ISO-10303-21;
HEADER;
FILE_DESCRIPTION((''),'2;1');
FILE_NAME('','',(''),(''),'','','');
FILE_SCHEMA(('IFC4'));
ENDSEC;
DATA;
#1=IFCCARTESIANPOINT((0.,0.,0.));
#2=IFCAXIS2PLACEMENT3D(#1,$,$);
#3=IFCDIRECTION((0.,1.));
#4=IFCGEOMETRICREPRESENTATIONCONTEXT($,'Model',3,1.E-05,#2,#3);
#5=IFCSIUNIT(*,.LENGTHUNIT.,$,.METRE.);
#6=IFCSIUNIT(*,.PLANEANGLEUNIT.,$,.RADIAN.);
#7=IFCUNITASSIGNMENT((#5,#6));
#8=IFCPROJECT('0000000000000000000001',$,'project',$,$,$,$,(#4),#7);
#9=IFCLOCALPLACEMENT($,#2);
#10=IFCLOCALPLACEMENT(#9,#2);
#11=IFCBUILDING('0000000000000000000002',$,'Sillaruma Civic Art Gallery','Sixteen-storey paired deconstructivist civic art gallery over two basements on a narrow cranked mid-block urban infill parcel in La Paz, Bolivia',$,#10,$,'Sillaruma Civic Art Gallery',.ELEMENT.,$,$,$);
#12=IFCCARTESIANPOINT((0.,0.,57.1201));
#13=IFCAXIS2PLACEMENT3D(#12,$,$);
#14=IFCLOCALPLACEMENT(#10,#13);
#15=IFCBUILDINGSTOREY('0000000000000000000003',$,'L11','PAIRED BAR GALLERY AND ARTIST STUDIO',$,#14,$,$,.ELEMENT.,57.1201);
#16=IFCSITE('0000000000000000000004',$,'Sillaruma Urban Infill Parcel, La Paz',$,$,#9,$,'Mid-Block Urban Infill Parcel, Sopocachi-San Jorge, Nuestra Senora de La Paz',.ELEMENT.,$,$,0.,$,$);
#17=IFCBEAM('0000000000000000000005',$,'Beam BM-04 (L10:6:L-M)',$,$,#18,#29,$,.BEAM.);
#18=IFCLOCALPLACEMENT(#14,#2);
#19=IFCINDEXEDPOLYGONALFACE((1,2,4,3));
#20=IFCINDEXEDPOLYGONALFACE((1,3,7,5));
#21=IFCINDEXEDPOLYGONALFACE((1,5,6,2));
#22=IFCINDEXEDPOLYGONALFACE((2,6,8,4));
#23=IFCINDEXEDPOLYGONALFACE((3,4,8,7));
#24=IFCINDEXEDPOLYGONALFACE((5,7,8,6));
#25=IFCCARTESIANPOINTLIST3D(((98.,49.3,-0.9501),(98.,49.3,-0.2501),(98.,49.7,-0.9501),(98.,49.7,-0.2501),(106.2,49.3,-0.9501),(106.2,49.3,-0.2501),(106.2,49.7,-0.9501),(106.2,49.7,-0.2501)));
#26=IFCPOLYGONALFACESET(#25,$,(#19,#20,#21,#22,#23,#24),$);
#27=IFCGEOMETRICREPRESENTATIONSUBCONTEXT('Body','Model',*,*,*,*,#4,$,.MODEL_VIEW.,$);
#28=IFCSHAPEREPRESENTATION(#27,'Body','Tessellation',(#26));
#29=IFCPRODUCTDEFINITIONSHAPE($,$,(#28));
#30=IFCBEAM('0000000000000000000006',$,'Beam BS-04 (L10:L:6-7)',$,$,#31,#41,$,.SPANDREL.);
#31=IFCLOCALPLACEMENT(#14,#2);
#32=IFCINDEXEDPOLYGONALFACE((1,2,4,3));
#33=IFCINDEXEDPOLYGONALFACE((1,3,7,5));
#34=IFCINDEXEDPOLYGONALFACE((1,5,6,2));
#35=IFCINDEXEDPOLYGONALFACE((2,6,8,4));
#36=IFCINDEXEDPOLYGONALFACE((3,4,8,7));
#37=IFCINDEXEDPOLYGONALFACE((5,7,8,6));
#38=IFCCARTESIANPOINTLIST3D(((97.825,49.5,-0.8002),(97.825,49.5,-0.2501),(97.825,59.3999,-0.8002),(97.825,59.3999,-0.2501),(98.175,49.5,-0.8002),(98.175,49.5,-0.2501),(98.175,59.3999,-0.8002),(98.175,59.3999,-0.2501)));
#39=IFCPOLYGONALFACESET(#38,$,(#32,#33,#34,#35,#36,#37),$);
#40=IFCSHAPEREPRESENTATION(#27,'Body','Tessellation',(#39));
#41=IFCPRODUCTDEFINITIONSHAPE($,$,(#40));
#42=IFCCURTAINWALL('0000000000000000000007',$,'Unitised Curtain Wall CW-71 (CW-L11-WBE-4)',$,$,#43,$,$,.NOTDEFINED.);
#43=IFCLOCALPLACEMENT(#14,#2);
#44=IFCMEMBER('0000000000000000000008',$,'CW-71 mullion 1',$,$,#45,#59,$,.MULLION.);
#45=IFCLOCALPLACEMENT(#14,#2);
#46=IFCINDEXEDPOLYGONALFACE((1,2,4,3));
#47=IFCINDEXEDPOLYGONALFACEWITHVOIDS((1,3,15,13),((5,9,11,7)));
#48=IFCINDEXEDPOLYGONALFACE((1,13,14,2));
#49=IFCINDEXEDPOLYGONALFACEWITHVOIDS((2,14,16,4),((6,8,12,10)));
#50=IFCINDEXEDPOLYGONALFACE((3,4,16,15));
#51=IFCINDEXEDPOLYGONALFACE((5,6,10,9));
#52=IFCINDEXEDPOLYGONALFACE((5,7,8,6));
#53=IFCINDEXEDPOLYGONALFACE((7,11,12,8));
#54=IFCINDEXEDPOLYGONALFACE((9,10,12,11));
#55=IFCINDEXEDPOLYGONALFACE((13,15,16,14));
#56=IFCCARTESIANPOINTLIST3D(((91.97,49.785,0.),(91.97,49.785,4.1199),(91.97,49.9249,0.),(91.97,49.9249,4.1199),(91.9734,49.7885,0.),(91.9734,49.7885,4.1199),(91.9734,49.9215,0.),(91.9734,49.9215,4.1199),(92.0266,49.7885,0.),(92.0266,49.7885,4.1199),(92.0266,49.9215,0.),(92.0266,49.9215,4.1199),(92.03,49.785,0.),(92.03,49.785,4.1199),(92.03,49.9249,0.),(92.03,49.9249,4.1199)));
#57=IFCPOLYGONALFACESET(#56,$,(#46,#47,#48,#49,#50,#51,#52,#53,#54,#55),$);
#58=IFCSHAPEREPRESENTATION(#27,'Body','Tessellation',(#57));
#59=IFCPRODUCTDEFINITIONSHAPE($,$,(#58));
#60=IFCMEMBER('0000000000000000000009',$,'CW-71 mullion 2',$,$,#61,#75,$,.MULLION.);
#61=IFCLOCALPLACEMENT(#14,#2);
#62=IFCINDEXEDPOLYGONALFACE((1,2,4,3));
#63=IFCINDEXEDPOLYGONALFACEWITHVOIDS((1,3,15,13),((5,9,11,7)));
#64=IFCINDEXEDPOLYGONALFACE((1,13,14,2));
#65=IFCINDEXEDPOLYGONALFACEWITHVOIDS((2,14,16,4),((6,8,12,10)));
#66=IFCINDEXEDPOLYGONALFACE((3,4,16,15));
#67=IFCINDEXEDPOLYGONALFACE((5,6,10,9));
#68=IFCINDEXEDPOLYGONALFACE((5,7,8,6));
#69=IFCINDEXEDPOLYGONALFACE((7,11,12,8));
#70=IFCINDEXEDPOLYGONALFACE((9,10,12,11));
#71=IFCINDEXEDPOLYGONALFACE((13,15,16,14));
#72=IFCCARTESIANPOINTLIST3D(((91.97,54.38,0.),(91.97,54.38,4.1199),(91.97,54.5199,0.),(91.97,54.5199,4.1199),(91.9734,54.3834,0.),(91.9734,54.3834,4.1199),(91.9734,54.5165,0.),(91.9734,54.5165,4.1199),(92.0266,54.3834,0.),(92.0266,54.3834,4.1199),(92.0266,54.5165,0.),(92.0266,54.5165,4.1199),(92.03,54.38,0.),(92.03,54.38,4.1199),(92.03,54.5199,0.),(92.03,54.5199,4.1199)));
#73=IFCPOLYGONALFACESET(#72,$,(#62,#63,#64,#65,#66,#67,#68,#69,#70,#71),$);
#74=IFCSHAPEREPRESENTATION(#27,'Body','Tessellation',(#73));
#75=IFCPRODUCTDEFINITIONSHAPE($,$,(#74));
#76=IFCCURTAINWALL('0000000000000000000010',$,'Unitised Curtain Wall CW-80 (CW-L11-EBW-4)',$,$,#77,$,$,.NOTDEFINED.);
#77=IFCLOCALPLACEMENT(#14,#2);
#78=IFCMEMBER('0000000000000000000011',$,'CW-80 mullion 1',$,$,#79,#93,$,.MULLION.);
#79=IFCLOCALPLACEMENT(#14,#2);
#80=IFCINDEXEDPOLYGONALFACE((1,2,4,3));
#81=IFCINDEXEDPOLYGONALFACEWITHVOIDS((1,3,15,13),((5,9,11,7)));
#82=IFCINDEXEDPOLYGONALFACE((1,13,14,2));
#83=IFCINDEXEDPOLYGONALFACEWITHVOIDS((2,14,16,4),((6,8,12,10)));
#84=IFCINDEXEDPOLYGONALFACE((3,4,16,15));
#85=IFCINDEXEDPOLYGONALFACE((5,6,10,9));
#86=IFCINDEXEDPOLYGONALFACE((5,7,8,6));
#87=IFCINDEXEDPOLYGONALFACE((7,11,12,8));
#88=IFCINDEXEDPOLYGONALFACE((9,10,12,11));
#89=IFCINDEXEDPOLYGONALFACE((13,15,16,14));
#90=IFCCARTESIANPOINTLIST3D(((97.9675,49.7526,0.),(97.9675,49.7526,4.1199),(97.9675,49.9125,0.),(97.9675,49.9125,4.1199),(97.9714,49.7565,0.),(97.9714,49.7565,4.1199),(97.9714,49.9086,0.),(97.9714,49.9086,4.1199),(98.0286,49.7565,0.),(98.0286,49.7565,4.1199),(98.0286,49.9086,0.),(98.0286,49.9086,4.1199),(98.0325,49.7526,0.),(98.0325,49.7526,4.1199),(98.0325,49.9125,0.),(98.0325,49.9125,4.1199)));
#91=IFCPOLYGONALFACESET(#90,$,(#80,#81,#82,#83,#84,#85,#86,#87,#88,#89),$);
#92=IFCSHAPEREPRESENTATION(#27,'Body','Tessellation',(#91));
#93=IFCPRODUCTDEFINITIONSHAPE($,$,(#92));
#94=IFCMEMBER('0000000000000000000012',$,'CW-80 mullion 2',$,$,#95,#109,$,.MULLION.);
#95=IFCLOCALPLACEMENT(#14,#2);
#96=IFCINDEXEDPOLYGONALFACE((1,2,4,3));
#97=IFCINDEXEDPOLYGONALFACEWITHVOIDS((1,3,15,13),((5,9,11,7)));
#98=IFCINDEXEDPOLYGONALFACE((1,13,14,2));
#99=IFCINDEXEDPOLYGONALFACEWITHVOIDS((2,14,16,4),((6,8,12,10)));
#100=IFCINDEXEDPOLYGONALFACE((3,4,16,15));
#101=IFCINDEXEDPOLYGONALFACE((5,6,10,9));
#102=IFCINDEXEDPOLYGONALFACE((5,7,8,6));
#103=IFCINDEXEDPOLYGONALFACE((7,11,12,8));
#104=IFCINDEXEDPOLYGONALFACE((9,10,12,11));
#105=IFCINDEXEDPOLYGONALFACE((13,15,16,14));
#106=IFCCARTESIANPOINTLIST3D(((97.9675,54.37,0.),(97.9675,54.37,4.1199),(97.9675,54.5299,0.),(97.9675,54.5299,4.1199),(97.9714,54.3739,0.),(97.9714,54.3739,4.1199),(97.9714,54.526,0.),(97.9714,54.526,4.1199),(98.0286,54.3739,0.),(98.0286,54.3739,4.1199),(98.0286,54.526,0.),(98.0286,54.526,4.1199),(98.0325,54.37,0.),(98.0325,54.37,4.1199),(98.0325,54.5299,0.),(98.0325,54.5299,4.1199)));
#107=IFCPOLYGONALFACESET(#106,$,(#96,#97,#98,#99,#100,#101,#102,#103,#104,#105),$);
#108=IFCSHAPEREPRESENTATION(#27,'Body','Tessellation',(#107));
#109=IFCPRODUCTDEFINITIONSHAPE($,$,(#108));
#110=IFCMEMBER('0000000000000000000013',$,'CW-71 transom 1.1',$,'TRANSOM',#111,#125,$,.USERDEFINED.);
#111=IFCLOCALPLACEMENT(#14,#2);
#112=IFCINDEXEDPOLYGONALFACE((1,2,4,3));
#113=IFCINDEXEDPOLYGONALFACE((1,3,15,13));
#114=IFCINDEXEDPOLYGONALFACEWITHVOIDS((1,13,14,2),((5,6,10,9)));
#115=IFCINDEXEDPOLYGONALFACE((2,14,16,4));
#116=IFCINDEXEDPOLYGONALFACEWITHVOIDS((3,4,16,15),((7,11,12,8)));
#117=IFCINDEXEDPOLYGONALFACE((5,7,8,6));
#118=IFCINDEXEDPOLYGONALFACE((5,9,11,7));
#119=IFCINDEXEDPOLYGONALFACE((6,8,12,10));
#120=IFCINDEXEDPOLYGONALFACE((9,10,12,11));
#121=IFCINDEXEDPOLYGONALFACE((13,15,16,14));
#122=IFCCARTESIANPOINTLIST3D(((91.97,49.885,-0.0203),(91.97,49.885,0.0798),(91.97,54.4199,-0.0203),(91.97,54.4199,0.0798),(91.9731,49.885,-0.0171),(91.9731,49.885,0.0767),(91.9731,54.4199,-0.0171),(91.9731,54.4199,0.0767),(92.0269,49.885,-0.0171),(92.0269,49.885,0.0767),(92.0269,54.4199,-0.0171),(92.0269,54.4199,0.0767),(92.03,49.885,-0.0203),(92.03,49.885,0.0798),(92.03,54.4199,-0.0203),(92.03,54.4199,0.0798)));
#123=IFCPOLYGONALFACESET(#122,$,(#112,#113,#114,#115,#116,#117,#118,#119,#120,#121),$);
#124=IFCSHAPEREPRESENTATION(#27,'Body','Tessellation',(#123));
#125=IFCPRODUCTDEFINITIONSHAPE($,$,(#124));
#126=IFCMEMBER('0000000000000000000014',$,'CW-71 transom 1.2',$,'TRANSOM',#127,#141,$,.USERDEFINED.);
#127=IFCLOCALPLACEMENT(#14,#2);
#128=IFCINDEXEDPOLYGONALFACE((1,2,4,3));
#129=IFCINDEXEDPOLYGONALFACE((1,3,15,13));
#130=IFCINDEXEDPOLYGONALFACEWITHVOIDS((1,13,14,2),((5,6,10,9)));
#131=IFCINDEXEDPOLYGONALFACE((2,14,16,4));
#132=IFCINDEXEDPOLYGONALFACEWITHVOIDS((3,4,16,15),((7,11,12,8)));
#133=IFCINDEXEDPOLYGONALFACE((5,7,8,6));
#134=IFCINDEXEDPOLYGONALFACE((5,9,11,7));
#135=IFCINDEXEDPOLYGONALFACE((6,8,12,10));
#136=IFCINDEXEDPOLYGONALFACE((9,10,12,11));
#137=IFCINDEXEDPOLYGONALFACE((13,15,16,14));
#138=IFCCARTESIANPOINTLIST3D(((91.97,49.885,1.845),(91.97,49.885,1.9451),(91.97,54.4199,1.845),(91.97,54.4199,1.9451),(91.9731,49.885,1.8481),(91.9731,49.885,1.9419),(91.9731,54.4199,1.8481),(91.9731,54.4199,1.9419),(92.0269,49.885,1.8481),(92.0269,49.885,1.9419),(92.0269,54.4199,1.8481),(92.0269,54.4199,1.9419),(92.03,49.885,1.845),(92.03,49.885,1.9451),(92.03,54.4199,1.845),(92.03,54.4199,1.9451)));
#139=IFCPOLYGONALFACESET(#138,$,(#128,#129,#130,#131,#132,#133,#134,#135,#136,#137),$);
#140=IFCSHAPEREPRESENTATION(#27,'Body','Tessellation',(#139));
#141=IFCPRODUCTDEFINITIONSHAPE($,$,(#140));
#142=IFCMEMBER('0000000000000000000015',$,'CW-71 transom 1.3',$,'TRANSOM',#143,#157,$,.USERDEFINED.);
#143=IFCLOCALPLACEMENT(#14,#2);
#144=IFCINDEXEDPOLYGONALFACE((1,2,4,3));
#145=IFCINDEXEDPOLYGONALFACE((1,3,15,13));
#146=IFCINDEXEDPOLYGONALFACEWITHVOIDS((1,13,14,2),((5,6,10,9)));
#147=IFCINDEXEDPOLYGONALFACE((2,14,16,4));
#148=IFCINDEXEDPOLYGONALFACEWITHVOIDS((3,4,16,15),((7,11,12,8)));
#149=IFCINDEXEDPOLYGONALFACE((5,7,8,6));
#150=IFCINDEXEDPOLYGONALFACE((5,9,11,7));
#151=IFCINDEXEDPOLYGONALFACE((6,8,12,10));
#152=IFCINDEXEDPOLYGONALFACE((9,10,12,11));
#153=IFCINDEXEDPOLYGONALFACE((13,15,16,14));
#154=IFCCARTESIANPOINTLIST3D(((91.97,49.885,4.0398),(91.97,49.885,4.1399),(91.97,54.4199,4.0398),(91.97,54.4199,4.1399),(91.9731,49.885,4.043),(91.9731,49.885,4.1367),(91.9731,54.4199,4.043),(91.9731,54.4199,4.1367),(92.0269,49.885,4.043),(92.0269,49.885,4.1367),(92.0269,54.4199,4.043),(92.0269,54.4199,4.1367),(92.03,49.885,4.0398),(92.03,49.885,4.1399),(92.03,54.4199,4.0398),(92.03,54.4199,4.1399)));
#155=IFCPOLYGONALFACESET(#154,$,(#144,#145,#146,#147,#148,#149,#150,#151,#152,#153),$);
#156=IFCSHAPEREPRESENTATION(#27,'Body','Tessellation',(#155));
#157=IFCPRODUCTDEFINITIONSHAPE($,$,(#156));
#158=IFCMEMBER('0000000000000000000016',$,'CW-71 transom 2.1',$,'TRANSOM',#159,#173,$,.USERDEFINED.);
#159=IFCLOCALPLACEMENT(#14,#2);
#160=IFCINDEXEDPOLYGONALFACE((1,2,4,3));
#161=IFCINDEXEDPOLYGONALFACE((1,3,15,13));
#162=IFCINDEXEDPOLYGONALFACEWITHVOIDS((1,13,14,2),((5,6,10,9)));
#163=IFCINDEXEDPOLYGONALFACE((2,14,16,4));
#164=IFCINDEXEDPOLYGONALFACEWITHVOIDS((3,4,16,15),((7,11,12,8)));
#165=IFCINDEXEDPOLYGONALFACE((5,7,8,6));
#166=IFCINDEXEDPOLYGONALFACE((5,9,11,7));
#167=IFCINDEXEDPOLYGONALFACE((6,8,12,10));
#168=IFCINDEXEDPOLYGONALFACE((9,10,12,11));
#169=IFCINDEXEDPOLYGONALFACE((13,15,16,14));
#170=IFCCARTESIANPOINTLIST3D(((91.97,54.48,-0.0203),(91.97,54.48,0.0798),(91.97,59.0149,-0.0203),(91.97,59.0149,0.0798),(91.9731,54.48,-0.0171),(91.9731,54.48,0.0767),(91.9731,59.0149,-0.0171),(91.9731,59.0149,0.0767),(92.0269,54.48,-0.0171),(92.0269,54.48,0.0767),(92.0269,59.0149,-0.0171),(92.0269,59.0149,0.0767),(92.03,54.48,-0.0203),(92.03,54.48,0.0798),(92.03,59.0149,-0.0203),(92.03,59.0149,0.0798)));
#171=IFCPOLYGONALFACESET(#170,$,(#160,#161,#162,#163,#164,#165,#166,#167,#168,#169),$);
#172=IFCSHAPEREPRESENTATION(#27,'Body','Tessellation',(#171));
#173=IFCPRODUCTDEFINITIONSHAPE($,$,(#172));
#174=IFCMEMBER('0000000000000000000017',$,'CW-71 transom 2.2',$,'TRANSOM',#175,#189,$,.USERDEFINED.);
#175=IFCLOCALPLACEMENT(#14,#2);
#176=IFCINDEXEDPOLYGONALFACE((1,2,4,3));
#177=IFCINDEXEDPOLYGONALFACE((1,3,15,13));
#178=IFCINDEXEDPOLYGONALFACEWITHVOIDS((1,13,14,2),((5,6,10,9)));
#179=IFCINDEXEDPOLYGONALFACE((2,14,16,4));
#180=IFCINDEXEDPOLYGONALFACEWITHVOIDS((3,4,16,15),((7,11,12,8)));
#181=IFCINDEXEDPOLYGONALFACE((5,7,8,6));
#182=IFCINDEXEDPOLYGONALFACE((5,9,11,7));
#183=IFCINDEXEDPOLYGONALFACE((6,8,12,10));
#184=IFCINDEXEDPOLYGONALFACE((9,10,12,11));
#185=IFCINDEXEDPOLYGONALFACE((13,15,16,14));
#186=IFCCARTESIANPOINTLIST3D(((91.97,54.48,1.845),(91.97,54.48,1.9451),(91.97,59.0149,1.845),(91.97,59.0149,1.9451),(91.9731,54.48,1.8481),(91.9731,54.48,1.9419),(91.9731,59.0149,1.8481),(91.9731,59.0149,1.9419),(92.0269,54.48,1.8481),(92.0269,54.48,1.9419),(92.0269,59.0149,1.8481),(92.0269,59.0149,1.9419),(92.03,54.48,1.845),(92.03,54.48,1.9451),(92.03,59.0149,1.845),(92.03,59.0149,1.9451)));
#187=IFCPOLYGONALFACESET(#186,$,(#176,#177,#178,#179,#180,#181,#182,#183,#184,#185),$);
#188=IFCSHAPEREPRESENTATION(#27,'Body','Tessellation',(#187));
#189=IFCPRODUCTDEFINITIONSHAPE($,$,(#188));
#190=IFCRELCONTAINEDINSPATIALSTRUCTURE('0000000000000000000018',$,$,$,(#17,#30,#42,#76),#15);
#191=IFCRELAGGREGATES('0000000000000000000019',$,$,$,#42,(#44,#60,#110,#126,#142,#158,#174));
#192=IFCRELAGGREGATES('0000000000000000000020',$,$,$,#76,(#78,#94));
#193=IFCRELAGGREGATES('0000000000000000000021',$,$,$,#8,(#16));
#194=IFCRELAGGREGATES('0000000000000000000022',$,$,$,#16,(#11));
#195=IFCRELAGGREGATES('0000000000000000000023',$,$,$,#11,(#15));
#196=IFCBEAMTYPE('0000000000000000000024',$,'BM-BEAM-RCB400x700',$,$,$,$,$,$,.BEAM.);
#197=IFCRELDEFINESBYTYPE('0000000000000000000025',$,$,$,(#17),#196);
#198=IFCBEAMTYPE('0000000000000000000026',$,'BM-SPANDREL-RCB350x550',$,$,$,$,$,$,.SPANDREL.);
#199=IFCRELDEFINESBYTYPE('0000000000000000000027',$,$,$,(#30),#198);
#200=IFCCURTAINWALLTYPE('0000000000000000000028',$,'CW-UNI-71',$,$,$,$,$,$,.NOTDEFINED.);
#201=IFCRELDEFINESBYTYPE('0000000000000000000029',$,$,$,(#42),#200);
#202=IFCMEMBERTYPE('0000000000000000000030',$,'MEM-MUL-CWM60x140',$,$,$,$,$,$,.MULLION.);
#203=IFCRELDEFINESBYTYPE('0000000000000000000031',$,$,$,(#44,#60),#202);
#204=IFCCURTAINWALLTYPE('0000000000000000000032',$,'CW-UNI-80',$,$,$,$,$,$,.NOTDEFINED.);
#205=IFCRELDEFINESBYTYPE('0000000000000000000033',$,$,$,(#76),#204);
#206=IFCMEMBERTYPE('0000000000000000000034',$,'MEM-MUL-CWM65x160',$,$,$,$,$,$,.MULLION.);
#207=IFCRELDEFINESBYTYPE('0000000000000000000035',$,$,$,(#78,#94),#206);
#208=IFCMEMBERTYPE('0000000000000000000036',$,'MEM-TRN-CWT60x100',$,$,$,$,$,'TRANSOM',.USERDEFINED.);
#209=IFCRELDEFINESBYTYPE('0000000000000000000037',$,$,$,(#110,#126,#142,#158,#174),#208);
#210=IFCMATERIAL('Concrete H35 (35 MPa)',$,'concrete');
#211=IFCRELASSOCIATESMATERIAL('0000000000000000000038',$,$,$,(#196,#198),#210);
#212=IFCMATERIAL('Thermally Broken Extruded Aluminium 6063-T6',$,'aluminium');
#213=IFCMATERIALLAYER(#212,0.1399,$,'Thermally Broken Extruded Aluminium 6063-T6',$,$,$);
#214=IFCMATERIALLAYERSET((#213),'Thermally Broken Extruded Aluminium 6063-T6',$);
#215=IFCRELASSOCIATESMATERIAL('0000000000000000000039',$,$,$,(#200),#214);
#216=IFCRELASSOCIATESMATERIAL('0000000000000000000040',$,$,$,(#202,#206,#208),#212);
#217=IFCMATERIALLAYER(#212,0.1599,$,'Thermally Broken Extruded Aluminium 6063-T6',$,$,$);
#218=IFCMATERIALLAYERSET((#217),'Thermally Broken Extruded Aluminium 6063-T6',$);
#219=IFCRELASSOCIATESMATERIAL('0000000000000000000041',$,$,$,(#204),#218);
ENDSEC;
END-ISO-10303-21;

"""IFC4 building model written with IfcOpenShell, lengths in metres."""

from ifc_helpers import new_model, si_unit, direction, frame, origin, origin_2d, place, context, subcontext, project, spatial, rectangle, hollow_rectangle, extrude, material, layer, layer_set, material_profile, profile_set, type_object, element, aggregate, save


model = new_model("IFC4")

# Units and contexts
model_context = context("Model", 3, precision=1e-05, world=origin(), true_north=direction((0.0, 1.0)))
body_context = subcontext(model_context, "Body", "Model", "MODEL_VIEW")
ifc_project = project(units=[si_unit("LENGTHUNIT", "METRE"), si_unit("PLANEANGLEUNIT", "RADIAN")], contexts=[model_context])

# Site, building, storey
site_placement = place(None, origin())
site = spatial("IfcSite", under=ifc_project, at=site_placement, Name="Sillaruma Urban Infill Parcel, La Paz", LongName="Mid-Block Urban Infill Parcel, Sopocachi-San Jorge, Nuestra Senora de La Paz", CompositionType="ELEMENT", RefElevation=0.0)
building_placement = place(site_placement, origin())
building = spatial("IfcBuilding", under=site, at=building_placement, Name="Sillaruma Civic Art Gallery", Description="Sixteen-storey paired deconstructivist civic art gallery over two basements on a narrow cranked mid-block urban infill parcel in La Paz, Bolivia", LongName="Sillaruma Civic Art Gallery", CompositionType="ELEMENT")
storey_placement = place(building_placement, frame((0.0, 0.0, 57.1201)))
storey = spatial("IfcBuildingStorey", under=building, at=storey_placement, Name="L11", Description="PAIRED BAR GALLERY AND ARTIST STUDIO", CompositionType="ELEMENT", Elevation=57.1201)

# Beams
ifc_material_1 = material(Name="Concrete H35 (35 MPa)", Category="concrete")
ifc_material_profile_1 = material_profile(ifc_material_1, rectangle(XDim=0.3999, YDim=0.7, at=origin_2d()), Name="RCB400x700")
ifc_profile_set_1 = profile_set([ifc_material_profile_1], Name="Concrete H35 (35 MPa)")
beam_type_1 = type_object("IfcBeamType", Name="BM-BEAM-RCB400x700", PredefinedType="BEAM", material=ifc_profile_set_1)
beam_1_placement = place(storey_placement, frame((98.0, 49.5, -0.6001), z_axis=(1.0, 0.0, 0.0), x_axis=(0.0, 1.0, 0.0)))
element("IfcBeam", 1, at=beam_1_placement, inside=storey, type_object=beam_type_1, Name="Beam BM-04 (L10:6:L-M)", PredefinedType="BEAM", context=body_context, shape_type="SweptSolid", body=[
    extrude(rectangle(XDim=0.3999, YDim=0.7, at=origin_2d()), origin(), (0.0, 0.0, 1.0), 8.2),
])
ifc_material_profile_2 = material_profile(ifc_material_1, rectangle(XDim=0.3501, YDim=0.55, at=origin_2d()), Name="RCB350x550")
ifc_profile_set_2 = profile_set([ifc_material_profile_2], Name="Concrete H35 (35 MPa)")
beam_type_2 = type_object("IfcBeamType", Name="BM-SPANDREL-RCB350x550", PredefinedType="SPANDREL", material=ifc_profile_set_2)
beam_2_placement = place(storey_placement, frame((98.0, 49.5, -0.5251), z_axis=(0.0, 1.0, 0.0), x_axis=(-1.0, 0.0, 0.0)))
element("IfcBeam", 2, at=beam_2_placement, inside=storey, type_object=beam_type_2, Name="Beam BS-04 (L10:L:6-7)", PredefinedType="SPANDREL", context=body_context, shape_type="SweptSolid", body=[
    extrude(rectangle(XDim=0.3501, YDim=0.55, at=origin_2d()), origin(), (0.0, 0.0, 1.0), 9.8999),
])

# Curtain walls, members
ifc_material_2 = material(Name="Thermally Broken Extruded Aluminium 6063-T6", Category="aluminium")
ifc_layer_1 = layer(ifc_material_2, 0.1399, Name="Thermally Broken Extruded Aluminium 6063-T6")
ifc_layer_set_1 = layer_set([ifc_layer_1], Name="Thermally Broken Extruded Aluminium 6063-T6")
curtain_wall_type_1 = type_object("IfcCurtainWallType", Name="CW-UNI-71", PredefinedType="NOTDEFINED", material=ifc_layer_set_1)
curtain_wall_1_placement = place(storey_placement, origin())
curtain_wall_1 = element("IfcCurtainWall", 3, at=curtain_wall_1_placement, inside=storey, type_object=curtain_wall_type_1, Name="Unitised Curtain Wall CW-71 (CW-L11-WBE-4)", PredefinedType="NOTDEFINED")
ifc_material_profile_3 = material_profile(ifc_material_2, hollow_rectangle(XDim=0.0601, YDim=0.1399, WallThickness=0.0034, at=origin_2d()), Name="CWM60x140")
ifc_profile_set_3 = profile_set([ifc_material_profile_3], Name="Thermally Broken Extruded Aluminium 6063-T6")
member_type_1 = type_object("IfcMemberType", Name="MEM-MUL-CWM60x140", PredefinedType="MULLION", material=ifc_profile_set_3)
member_1_placement = place(storey_placement, frame((92.0, 49.855, 0.0), z_axis=(0.0, 0.0, 1.0), x_axis=(-1.0, 0.0, 0.0)))
member_1 = element("IfcMember", 4, at=member_1_placement, type_object=member_type_1, Name="CW-71 mullion 1", PredefinedType="MULLION", context=body_context, shape_type="SweptSolid", body=[
    extrude(hollow_rectangle(XDim=0.0601, YDim=0.1399, WallThickness=0.0034, at=origin_2d()), origin(), (0.0, 0.0, 1.0), 4.1199),
])
member_2_placement = place(storey_placement, frame((92.0, 54.45, 0.0), z_axis=(0.0, 0.0, 1.0), x_axis=(-1.0, 0.0, 0.0)))
member_2 = element("IfcMember", 5, at=member_2_placement, type_object=member_type_1, Name="CW-71 mullion 2", PredefinedType="MULLION", context=body_context, shape_type="SweptSolid", body=[
    extrude(hollow_rectangle(XDim=0.0601, YDim=0.1399, WallThickness=0.0034, at=origin_2d()), origin(), (0.0, 0.0, 1.0), 4.1199),
])
ifc_layer_2 = layer(ifc_material_2, 0.1599, Name="Thermally Broken Extruded Aluminium 6063-T6")
ifc_layer_set_2 = layer_set([ifc_layer_2], Name="Thermally Broken Extruded Aluminium 6063-T6")
curtain_wall_type_2 = type_object("IfcCurtainWallType", Name="CW-UNI-80", PredefinedType="NOTDEFINED", material=ifc_layer_set_2)
curtain_wall_2_placement = place(storey_placement, origin())
curtain_wall_2 = element("IfcCurtainWall", 6, at=curtain_wall_2_placement, inside=storey, type_object=curtain_wall_type_2, Name="Unitised Curtain Wall CW-80 (CW-L11-EBW-4)", PredefinedType="NOTDEFINED")
ifc_material_profile_4 = material_profile(ifc_material_2, hollow_rectangle(XDim=0.0649, YDim=0.1599, WallThickness=0.0039, at=origin_2d()), Name="CWM65x160")
ifc_profile_set_4 = profile_set([ifc_material_profile_4], Name="Thermally Broken Extruded Aluminium 6063-T6")
member_type_2 = type_object("IfcMemberType", Name="MEM-MUL-CWM65x160", PredefinedType="MULLION", material=ifc_profile_set_4)
member_3_placement = place(storey_placement, frame((98.0, 49.8325, 0.0), z_axis=(0.0, 0.0, 1.0), x_axis=(-1.0, 0.0, 0.0)))
member_3 = element("IfcMember", 7, at=member_3_placement, type_object=member_type_2, Name="CW-80 mullion 1", PredefinedType="MULLION", context=body_context, shape_type="SweptSolid", body=[
    extrude(hollow_rectangle(XDim=0.0649, YDim=0.1599, WallThickness=0.0039, at=origin_2d()), origin(), (0.0, 0.0, 1.0), 4.1199),
])
member_4_placement = place(storey_placement, frame((98.0, 54.45, 0.0), z_axis=(0.0, 0.0, 1.0), x_axis=(-1.0, 0.0, 0.0)))
member_4 = element("IfcMember", 8, at=member_4_placement, type_object=member_type_2, Name="CW-80 mullion 2", PredefinedType="MULLION", context=body_context, shape_type="SweptSolid", body=[
    extrude(hollow_rectangle(XDim=0.0649, YDim=0.1599, WallThickness=0.0039, at=origin_2d()), origin(), (0.0, 0.0, 1.0), 4.1199),
])

# Members
ifc_material_profile_5 = material_profile(ifc_material_2, hollow_rectangle(XDim=0.0601, YDim=0.1001, WallThickness=0.0032, at=origin_2d()), Name="CWT60x100")
ifc_profile_set_5 = profile_set([ifc_material_profile_5], Name="Thermally Broken Extruded Aluminium 6063-T6")
member_type_3 = type_object("IfcMemberType", Name="MEM-TRN-CWT60x100", ElementType="TRANSOM", PredefinedType="USERDEFINED", material=ifc_profile_set_5)
member_5_placement = place(storey_placement, frame((92.0, 49.885, 0.0298), z_axis=(0.0, 1.0, 0.0), x_axis=(-1.0, 0.0, 0.0)))
member_5 = element("IfcMember", 9, at=member_5_placement, type_object=member_type_3, Name="CW-71 transom 1.1", ObjectType="TRANSOM", PredefinedType="USERDEFINED", context=body_context, shape_type="SweptSolid", body=[
    extrude(hollow_rectangle(XDim=0.0601, YDim=0.1001, WallThickness=0.0032, at=origin_2d()), origin(), (0.0, 0.0, 1.0), 4.5349),
])
member_6_placement = place(storey_placement, frame((92.0, 49.885, 1.895), z_axis=(0.0, 1.0, 0.0), x_axis=(-1.0, 0.0, 0.0)))
member_6 = element("IfcMember", 10, at=member_6_placement, type_object=member_type_3, Name="CW-71 transom 1.2", ObjectType="TRANSOM", PredefinedType="USERDEFINED", context=body_context, shape_type="SweptSolid", body=[
    extrude(hollow_rectangle(XDim=0.0601, YDim=0.1001, WallThickness=0.0032, at=origin_2d()), origin(), (0.0, 0.0, 1.0), 4.5349),
])
member_7_placement = place(storey_placement, frame((92.0, 49.885, 4.0898), z_axis=(0.0, 1.0, 0.0), x_axis=(-1.0, 0.0, 0.0)))
member_7 = element("IfcMember", 11, at=member_7_placement, type_object=member_type_3, Name="CW-71 transom 1.3", ObjectType="TRANSOM", PredefinedType="USERDEFINED", context=body_context, shape_type="SweptSolid", body=[
    extrude(hollow_rectangle(XDim=0.0601, YDim=0.1001, WallThickness=0.0032, at=origin_2d()), origin(), (0.0, 0.0, 1.0), 4.5349),
])
member_8_placement = place(storey_placement, frame((92.0, 54.48, 0.0298), z_axis=(0.0, 1.0, 0.0), x_axis=(-1.0, 0.0, 0.0)))
member_8 = element("IfcMember", 12, at=member_8_placement, type_object=member_type_3, Name="CW-71 transom 2.1", ObjectType="TRANSOM", PredefinedType="USERDEFINED", context=body_context, shape_type="SweptSolid", body=[
    extrude(hollow_rectangle(XDim=0.0601, YDim=0.1001, WallThickness=0.0032, at=origin_2d()), origin(), (0.0, 0.0, 1.0), 4.5349),
])
member_9_placement = place(storey_placement, frame((92.0, 54.48, 1.895), z_axis=(0.0, 1.0, 0.0), x_axis=(-1.0, 0.0, 0.0)))
member_9 = element("IfcMember", 13, at=member_9_placement, type_object=member_type_3, Name="CW-71 transom 2.2", ObjectType="TRANSOM", PredefinedType="USERDEFINED", context=body_context, shape_type="SweptSolid", body=[
    extrude(hollow_rectangle(XDim=0.0601, YDim=0.1001, WallThickness=0.0032, at=origin_2d()), origin(), (0.0, 0.0, 1.0), 4.5349),
])

aggregate(curtain_wall_1, [member_1, member_2, member_5, member_6, member_7, member_8, member_9])
aggregate(curtain_wall_2, [member_3, member_4])

save(model, "model.ifc")
